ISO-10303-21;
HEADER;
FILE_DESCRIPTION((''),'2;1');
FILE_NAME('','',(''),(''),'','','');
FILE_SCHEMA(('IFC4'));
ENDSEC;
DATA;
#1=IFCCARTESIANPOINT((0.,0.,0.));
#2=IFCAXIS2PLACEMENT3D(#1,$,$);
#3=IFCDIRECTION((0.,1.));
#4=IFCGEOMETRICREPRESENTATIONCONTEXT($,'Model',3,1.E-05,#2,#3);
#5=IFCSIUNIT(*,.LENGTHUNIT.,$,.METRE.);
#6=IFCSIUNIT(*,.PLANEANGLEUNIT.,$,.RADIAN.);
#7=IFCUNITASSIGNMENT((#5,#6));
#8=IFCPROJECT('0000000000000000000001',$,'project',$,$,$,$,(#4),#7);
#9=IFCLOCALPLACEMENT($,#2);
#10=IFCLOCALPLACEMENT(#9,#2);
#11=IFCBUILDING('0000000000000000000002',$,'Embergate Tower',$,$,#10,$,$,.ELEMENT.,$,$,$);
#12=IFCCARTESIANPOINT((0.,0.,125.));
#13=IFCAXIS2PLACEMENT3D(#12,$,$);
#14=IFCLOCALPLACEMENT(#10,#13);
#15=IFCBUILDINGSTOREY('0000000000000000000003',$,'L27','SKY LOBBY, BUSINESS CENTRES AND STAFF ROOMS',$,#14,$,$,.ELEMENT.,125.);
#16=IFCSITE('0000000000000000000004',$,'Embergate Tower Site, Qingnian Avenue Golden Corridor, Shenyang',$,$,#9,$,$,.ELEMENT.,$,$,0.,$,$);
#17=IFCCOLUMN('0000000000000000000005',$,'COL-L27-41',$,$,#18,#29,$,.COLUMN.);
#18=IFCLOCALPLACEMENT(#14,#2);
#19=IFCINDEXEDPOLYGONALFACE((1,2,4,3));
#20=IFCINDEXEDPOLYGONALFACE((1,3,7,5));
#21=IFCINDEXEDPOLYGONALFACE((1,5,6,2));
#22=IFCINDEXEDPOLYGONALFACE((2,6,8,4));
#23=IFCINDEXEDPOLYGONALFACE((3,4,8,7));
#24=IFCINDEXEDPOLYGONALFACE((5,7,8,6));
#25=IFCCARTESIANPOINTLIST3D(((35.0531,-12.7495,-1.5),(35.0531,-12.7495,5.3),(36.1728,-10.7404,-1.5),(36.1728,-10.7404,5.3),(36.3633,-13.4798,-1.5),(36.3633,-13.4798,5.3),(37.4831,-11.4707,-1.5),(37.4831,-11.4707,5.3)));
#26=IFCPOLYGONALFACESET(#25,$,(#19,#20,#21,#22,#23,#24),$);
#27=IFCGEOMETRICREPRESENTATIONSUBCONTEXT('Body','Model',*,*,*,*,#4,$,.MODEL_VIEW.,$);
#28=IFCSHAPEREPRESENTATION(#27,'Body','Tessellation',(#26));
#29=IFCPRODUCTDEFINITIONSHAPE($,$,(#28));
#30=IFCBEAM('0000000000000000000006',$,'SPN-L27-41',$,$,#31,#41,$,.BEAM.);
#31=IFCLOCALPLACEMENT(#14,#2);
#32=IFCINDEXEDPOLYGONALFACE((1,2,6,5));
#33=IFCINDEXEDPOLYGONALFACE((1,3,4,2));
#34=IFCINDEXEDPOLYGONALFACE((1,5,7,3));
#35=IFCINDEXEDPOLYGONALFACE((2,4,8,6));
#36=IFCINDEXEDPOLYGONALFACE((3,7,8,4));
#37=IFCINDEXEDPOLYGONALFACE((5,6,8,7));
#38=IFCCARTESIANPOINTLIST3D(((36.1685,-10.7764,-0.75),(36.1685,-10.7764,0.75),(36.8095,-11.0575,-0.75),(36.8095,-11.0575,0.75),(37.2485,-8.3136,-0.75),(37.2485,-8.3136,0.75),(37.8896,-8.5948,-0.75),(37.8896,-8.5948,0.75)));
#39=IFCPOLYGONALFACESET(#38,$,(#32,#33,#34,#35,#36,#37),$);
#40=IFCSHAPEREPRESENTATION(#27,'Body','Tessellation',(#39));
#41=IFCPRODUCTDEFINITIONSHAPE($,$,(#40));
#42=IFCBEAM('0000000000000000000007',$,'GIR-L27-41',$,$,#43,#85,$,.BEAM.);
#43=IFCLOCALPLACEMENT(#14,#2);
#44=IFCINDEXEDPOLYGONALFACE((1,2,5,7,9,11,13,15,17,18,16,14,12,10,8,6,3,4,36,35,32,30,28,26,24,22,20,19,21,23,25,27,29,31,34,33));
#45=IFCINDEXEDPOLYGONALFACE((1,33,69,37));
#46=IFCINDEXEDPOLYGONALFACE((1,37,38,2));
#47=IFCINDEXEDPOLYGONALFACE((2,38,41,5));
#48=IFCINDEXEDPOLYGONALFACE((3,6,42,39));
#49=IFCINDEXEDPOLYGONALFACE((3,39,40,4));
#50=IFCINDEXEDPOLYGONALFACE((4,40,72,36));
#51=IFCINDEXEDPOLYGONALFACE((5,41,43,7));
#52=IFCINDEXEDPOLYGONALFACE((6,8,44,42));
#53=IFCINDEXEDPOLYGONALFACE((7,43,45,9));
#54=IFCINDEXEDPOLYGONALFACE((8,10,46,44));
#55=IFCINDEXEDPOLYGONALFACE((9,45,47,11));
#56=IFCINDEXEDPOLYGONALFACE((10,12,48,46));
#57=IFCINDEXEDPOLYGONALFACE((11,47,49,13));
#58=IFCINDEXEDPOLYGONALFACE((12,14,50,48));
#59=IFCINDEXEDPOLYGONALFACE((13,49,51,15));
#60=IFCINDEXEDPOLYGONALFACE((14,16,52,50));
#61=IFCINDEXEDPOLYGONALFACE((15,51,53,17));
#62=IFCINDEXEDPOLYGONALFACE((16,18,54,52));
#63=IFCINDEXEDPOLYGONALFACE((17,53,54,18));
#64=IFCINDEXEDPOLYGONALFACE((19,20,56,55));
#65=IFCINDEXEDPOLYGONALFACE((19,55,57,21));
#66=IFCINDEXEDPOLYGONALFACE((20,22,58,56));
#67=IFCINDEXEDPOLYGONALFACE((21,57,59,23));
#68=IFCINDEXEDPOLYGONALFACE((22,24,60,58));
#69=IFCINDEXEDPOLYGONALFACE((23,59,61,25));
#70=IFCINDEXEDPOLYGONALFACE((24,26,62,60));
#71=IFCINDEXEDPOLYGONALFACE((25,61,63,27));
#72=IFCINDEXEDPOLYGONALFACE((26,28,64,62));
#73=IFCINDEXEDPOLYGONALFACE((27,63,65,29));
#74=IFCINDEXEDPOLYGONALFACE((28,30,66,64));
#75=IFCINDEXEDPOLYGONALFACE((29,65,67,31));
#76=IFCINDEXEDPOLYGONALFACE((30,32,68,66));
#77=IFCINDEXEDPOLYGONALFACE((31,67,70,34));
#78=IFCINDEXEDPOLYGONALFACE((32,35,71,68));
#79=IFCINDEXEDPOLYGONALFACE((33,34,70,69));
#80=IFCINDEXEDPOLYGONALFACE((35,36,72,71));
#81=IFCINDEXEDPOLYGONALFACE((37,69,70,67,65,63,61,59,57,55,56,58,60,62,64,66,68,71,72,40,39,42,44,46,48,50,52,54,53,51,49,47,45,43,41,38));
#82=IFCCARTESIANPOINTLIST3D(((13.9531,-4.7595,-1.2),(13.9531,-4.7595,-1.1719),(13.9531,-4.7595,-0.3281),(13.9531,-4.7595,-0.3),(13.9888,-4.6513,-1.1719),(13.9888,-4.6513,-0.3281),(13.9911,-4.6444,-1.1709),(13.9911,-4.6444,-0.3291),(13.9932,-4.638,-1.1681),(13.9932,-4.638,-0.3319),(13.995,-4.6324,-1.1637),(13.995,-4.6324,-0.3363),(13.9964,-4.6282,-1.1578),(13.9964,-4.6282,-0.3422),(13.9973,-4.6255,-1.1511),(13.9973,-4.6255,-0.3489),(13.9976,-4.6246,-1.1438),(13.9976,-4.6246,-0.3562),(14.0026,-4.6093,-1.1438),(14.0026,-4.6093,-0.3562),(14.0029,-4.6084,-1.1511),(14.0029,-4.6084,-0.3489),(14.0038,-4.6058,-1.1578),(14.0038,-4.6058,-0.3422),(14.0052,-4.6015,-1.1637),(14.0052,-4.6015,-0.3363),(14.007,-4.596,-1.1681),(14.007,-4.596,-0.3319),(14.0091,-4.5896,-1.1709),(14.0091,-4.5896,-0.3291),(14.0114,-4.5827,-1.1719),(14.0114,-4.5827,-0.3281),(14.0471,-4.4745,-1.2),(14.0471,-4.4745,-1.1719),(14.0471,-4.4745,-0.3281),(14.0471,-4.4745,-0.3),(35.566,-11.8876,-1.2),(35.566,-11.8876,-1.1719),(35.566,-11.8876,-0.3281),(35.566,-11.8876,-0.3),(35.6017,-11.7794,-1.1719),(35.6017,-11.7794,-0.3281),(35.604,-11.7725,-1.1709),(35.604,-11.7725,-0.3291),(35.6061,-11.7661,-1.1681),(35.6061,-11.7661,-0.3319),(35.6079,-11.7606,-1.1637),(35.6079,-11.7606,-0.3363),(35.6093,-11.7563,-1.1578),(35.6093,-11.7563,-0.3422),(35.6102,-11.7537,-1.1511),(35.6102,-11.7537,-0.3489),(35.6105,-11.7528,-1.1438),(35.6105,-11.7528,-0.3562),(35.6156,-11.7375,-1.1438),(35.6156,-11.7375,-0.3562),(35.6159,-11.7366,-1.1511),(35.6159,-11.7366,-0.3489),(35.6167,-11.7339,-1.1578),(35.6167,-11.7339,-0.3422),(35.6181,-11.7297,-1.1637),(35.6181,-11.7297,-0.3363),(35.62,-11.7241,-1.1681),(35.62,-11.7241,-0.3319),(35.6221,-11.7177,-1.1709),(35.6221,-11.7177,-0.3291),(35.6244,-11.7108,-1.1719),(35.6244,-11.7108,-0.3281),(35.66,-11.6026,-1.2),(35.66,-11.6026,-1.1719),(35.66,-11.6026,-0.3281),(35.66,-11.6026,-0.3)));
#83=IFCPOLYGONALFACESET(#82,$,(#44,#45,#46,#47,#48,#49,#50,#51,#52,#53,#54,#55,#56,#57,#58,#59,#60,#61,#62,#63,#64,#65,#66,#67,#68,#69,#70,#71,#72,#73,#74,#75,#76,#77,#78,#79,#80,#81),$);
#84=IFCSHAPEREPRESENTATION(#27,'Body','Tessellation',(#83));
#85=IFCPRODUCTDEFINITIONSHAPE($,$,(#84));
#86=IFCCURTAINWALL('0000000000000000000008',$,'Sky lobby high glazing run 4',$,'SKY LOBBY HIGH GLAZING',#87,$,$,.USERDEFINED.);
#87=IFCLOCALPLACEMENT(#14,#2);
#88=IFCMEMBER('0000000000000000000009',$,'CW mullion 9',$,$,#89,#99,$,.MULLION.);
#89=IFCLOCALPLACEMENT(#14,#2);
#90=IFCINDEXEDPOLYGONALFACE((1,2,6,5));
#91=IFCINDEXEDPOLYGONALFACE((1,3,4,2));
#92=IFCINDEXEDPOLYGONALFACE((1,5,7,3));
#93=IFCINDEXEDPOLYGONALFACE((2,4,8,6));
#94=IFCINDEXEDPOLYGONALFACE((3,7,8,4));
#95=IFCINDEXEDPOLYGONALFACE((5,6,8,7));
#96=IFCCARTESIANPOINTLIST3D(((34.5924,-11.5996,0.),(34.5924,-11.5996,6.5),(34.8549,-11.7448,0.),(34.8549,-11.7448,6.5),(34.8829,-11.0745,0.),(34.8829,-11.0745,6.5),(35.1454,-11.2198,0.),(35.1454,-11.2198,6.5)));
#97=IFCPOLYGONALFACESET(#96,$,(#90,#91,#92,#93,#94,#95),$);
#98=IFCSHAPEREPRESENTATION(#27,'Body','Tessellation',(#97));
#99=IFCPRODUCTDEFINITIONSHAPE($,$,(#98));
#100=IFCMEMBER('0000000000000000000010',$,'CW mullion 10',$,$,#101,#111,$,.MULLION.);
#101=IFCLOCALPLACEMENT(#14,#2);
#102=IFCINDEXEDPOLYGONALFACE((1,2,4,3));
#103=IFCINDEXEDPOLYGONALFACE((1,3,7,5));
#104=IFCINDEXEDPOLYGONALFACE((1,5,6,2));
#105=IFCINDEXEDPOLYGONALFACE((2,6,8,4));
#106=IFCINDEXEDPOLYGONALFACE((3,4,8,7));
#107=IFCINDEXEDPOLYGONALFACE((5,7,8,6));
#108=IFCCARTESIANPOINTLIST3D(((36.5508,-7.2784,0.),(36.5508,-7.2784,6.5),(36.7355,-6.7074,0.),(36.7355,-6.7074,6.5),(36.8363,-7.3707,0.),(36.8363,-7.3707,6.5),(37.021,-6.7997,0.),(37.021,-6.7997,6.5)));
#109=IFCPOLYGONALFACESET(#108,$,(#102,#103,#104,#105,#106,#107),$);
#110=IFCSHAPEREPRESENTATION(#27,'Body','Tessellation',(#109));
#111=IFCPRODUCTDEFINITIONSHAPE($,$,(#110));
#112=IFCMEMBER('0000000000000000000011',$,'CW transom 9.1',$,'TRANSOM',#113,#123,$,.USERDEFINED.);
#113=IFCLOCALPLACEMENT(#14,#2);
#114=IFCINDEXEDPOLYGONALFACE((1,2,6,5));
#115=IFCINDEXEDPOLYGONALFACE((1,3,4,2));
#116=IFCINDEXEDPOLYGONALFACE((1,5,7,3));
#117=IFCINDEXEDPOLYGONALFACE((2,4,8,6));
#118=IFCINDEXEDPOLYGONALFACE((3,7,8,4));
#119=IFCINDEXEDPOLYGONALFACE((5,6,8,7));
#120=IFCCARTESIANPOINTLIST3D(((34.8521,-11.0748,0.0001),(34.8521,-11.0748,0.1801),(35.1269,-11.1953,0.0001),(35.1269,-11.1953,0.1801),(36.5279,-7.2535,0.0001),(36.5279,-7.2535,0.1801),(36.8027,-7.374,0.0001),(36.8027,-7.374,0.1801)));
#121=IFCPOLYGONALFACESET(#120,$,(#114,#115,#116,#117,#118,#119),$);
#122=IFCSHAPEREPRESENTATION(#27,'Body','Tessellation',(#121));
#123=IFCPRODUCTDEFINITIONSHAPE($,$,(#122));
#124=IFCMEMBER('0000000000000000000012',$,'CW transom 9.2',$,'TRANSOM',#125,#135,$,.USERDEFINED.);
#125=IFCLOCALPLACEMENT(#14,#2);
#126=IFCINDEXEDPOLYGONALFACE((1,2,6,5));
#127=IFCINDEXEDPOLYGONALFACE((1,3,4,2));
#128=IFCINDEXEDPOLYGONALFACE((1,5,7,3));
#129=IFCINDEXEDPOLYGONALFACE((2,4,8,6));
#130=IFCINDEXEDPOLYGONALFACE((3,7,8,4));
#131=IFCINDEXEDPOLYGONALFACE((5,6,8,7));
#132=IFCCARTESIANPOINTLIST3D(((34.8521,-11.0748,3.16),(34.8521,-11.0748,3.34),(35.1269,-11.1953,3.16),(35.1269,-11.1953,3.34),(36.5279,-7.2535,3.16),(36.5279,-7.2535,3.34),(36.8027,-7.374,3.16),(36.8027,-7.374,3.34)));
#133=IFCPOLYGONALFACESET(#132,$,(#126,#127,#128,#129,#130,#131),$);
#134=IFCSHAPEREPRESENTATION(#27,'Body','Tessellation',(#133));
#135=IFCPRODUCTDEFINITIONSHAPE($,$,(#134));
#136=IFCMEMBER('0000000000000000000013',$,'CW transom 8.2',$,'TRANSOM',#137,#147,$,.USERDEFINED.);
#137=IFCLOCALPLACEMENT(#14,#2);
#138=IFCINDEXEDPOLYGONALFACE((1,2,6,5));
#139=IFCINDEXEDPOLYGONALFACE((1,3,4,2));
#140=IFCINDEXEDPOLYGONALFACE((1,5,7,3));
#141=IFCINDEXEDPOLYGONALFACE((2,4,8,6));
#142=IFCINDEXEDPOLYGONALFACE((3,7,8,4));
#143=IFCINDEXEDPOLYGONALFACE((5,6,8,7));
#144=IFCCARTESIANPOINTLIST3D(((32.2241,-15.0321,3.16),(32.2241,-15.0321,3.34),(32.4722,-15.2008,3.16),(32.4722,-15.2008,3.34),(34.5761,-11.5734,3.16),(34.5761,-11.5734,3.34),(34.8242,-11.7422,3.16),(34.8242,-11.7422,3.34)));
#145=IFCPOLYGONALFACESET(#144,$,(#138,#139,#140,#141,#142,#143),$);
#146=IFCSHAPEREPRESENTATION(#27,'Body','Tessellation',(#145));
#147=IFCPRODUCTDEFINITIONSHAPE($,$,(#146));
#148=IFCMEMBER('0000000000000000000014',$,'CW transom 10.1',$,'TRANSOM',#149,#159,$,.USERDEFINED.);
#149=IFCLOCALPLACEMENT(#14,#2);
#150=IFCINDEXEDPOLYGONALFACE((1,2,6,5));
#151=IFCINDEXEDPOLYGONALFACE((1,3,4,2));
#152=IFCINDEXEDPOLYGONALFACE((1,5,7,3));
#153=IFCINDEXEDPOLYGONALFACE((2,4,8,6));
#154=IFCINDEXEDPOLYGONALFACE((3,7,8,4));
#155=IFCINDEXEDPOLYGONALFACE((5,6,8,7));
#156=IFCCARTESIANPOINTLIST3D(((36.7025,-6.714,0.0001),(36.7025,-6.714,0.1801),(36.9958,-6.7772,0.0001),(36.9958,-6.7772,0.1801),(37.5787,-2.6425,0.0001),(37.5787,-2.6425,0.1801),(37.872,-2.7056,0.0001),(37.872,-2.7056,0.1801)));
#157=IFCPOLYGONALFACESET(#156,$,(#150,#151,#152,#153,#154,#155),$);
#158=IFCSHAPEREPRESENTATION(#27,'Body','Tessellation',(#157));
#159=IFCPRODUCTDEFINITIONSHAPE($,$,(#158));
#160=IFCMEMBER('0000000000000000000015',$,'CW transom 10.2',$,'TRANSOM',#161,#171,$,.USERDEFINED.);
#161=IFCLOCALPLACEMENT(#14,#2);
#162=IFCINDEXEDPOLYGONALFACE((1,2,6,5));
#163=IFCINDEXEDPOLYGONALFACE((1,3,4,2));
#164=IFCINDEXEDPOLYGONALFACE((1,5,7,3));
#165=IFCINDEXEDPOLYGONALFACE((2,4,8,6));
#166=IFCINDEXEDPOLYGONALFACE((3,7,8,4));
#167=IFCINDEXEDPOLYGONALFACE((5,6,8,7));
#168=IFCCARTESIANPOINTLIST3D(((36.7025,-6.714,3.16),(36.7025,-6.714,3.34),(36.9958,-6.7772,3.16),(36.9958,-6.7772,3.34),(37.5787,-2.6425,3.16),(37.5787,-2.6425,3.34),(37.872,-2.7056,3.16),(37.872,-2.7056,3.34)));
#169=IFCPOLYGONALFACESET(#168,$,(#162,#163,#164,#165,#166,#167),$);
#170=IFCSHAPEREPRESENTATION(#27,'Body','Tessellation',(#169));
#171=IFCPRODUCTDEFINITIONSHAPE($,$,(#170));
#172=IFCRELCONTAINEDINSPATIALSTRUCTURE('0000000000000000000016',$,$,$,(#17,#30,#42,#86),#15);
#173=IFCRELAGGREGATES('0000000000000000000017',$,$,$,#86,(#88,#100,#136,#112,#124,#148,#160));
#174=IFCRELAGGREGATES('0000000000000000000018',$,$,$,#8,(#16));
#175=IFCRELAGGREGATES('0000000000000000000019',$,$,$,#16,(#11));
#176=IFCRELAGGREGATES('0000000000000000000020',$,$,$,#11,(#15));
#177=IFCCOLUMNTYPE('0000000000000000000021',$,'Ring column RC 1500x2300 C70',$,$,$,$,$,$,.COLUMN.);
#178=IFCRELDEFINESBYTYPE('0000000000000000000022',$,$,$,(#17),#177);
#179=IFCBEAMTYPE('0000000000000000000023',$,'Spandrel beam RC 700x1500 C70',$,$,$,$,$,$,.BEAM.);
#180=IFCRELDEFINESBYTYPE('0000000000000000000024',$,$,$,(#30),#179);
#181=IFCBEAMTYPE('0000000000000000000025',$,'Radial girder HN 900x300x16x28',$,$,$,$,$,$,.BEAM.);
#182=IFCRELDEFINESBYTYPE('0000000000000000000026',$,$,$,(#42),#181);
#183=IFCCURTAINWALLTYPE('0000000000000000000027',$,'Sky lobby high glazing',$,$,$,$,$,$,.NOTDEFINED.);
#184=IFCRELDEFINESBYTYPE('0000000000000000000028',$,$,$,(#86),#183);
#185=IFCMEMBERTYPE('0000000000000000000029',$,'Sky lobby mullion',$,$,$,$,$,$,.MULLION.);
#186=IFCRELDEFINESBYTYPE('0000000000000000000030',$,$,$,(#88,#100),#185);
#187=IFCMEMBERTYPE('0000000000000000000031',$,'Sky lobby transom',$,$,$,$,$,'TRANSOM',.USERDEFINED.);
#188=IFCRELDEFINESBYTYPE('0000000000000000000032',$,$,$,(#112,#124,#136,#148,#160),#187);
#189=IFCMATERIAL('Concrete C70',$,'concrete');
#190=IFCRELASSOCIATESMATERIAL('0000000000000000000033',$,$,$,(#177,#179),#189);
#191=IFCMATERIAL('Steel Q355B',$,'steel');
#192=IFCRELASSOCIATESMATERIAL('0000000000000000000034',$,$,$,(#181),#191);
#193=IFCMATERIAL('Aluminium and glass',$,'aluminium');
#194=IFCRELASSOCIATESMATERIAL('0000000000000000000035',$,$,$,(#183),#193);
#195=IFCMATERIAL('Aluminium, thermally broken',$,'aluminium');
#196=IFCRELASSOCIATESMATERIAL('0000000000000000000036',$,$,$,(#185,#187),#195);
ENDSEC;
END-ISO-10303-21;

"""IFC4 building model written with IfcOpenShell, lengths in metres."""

from ifc_helpers import new_model, si_unit, direction, frame, origin, origin_2d, place, context, subcontext, project, spatial, rectangle, i_section, extrude, source, transform, mapped, material, material_profile, profile_set, type_object, element, aggregate, save


model = new_model("IFC4")

# Units and contexts
model_context = context("Model", 3, precision=1e-05, world=origin(), true_north=direction((0.0, 1.0)))
body_context = subcontext(model_context, "Body", "Model", "MODEL_VIEW")
ifc_project = project(units=[si_unit("LENGTHUNIT", "METRE"), si_unit("PLANEANGLEUNIT", "RADIAN")], contexts=[model_context])

# Site, building, storey
site_placement = place(None, origin())
site = spatial("IfcSite", under=ifc_project, at=site_placement, Name="Embergate Tower Site, Qingnian Avenue Golden Corridor, Shenyang", CompositionType="ELEMENT", RefElevation=0.0)
building_placement = place(site_placement, origin())
building = spatial("IfcBuilding", under=site, at=building_placement, Name="Embergate Tower", CompositionType="ELEMENT")
storey_placement = place(building_placement, frame((0.0, 0.0, 125.0)))
storey = spatial("IfcBuildingStorey", under=building, at=storey_placement, Name="L27", Description="SKY LOBBY, BUSINESS CENTRES AND STAFF ROOMS", CompositionType="ELEMENT", Elevation=125.0)

# Column
ifc_material_1 = material(Name="Concrete C70", Category="concrete")
ifc_material_profile_1 = material_profile(ifc_material_1, rectangle(XDim=1.5, YDim=2.3, at=origin_2d()), Name="RC 1500x2300")
ifc_profile_set_1 = profile_set([ifc_material_profile_1], Name="Concrete C70")
column_type = type_object("IfcColumnType", Name="Ring column RC 1500x2300 C70", PredefinedType="COLUMN", material=ifc_profile_set_1)
shared_shape_1 = source(origin(), body_context, "Body", "SweptSolid", [
    extrude(rectangle(XDim=1.5, YDim=2.3, at=origin_2d()), origin(), (0.0, 0.0, 1.0), 6.8),
])
column_placement = place(storey_placement, frame((36.2681, -12.1101, -1.5), z_axis=(0.0, 0.0, 1.0), x_axis=(0.873492, -0.486839, 0.0)))
element("IfcColumn", 1, at=column_placement, inside=storey, type_object=column_type, Name="COL-L27-41", PredefinedType="COLUMN", context=body_context, shape_type="MappedRepresentation", body=[
    mapped(shared_shape_1, transform((0.0, 0.0, 0.0))),
])

# Beams
ifc_material_profile_2 = material_profile(ifc_material_1, rectangle(XDim=0.7, YDim=1.5, at=origin_2d()), Name="RC 700x1500")
ifc_profile_set_2 = profile_set([ifc_material_profile_2], Name="Concrete C70")
beam_type_1 = type_object("IfcBeamType", Name="Spandrel beam RC 700x1500 C70", PredefinedType="BEAM", material=ifc_profile_set_2)
shared_shape_2 = source(origin(), body_context, "Body", "SweptSolid", [
    extrude(rectangle(XDim=0.7, YDim=1.5, at=origin_2d()), origin(), (0.0, 0.0, 1.0), 2.6892),
])
beam_1_placement = place(storey_placement, frame((36.489, -10.917, 0.0), z_axis=(0.401619, 0.915807, 0.0), x_axis=(-0.915807, 0.401619, 0.0)))
element("IfcBeam", 2, at=beam_1_placement, inside=storey, type_object=beam_type_1, Name="SPN-L27-41", PredefinedType="BEAM", context=body_context, shape_type="MappedRepresentation", body=[
    mapped(shared_shape_2, transform((0.0, 0.0, 0.0))),
])
ifc_material_2 = material(Name="Steel Q355B", Category="steel")
ifc_material_profile_3 = material_profile(ifc_material_2, i_section(OverallWidth=0.3, OverallDepth=0.8999, WebThickness=0.0161, FlangeThickness=0.0281, FilletRadius=0.0281, at=origin_2d()), Name="HN 900x300x16x28")
ifc_profile_set_3 = profile_set([ifc_material_profile_3], Name="Steel Q355 grade B")
beam_type_2 = type_object("IfcBeamType", Name="Radial girder HN 900x300x16x28", PredefinedType="BEAM", material=ifc_profile_set_3)
shared_shape_3 = source(origin(), body_context, "Body", "SweptSolid", [
    extrude(i_section(OverallWidth=0.3, OverallDepth=0.8999, WebThickness=0.0161, FlangeThickness=0.0281, FilletRadius=0.0281, at=origin_2d()), origin(), (0.0, 0.0, 1.0), 22.7581),
])
beam_2_placement = place(storey_placement, frame((35.613, -11.7451, -0.75), z_axis=(-0.949683, 0.313214, 0.0), x_axis=(-0.313214, -0.949683, 0.0)))
element("IfcBeam", 3, at=beam_2_placement, inside=storey, type_object=beam_type_2, Name="GIR-L27-41", PredefinedType="BEAM", context=body_context, shape_type="MappedRepresentation", body=[
    mapped(shared_shape_3, transform((0.0, 0.0, 0.0))),
])

# Curtain wall, members
ifc_material_3 = material(Name="Aluminium and glass", Category="aluminium")
curtain_wall_type = type_object("IfcCurtainWallType", Name="Sky lobby high glazing", PredefinedType="NOTDEFINED", material=ifc_material_3)
curtain_wall_placement = place(storey_placement, origin())
curtain_wall = element("IfcCurtainWall", 4, at=curtain_wall_placement, inside=storey, type_object=curtain_wall_type, Name="Sky lobby high glazing run 4", ObjectType="SKY LOBBY HIGH GLAZING", PredefinedType="USERDEFINED")
ifc_material_4 = material(Name="Aluminium, thermally broken", Category="aluminium")
ifc_material_profile_4 = material_profile(ifc_material_4, rectangle(XDim=0.3, YDim=0.6001, at=origin_2d()), Name="AL 600x300")
ifc_profile_set_4 = profile_set([ifc_material_profile_4], Name="Aluminium, thermally broken")
member_type_1 = type_object("IfcMemberType", Name="Sky lobby mullion", PredefinedType="MULLION", material=ifc_profile_set_4)
shared_shape_4 = source(origin(), body_context, "Body", "SweptSolid", [
    extrude(rectangle(XDim=0.3, YDim=0.6001, at=origin_2d()), origin(), (0.0, 0.0, 1.0), 6.5),
])
member_1_placement = place(storey_placement, frame((34.8689, -11.4097, 0.0), z_axis=(0.0, 0.0, 1.0), x_axis=(-0.874995, 0.484132, 0.0)))
member_1 = element("IfcMember", 5, at=member_1_placement, type_object=member_type_1, Name="CW mullion 9", PredefinedType="MULLION", context=body_context, shape_type="MappedRepresentation", body=[
    mapped(shared_shape_4, transform((0.0, 0.0, 0.0))),
])
member_2_placement = place(storey_placement, frame((36.7859, -7.0391, 0.0), z_axis=(0.0, 0.0, 1.0), x_axis=(-0.951494, 0.307667, 0.0)))
member_2 = element("IfcMember", 6, at=member_2_placement, type_object=member_type_1, Name="CW mullion 10", PredefinedType="MULLION", context=body_context, shape_type="MappedRepresentation", body=[
    mapped(shared_shape_4, transform((0.0, 0.0, 0.0))),
])
ifc_material_profile_5 = material_profile(ifc_material_4, rectangle(XDim=0.3, YDim=0.1799, at=origin_2d()), Name="AL 180x300")
ifc_profile_set_5 = profile_set([ifc_material_profile_5], Name="Aluminium, thermally broken")
member_type_2 = type_object("IfcMemberType", Name="Sky lobby transom", ElementType="TRANSOM", PredefinedType="USERDEFINED", material=ifc_profile_set_5)
shared_shape_5 = source(origin(), body_context, "Body", "SweptSolid", [
    extrude(rectangle(XDim=0.3, YDim=0.1799, at=origin_2d()), origin(), (0.0, 0.0, 1.0), 4.1726),
])
member_3_placement = place(storey_placement, frame((34.9895, -11.135, 0.0901), z_axis=(0.401617, 0.915808, 0.0), x_axis=(-0.915808, 0.401617, 0.0)))
member_3 = element("IfcMember", 7, at=member_3_placement, type_object=member_type_2, Name="CW transom 9.1", ObjectType="TRANSOM", PredefinedType="USERDEFINED", context=body_context, shape_type="MappedRepresentation", body=[
    mapped(shared_shape_5, transform((0.0, 0.0, 0.0))),
])
member_4_placement = place(storey_placement, frame((34.9895, -11.135, 3.25), z_axis=(0.401617, 0.915808, 0.0), x_axis=(-0.915808, 0.401617, 0.0)))
member_4 = element("IfcMember", 8, at=member_4_placement, type_object=member_type_2, Name="CW transom 9.2", ObjectType="TRANSOM", PredefinedType="USERDEFINED", context=body_context, shape_type="MappedRepresentation", body=[
    mapped(shared_shape_5, transform((0.0, 0.0, 0.0))),
])
shared_shape_6 = source(origin(), body_context, "Body", "SweptSolid", [
    extrude(rectangle(XDim=0.3, YDim=0.1799, at=origin_2d()), origin(), (0.0, 0.0, 1.0), 4.1826),
])
member_5_placement = place(storey_placement, frame((32.3481, -15.1165, 3.25), z_axis=(0.562328, 0.826915, 0.0), x_axis=(-0.826915, 0.562328, 0.0)))
member_5 = element("IfcMember", 9, at=member_5_placement, type_object=member_type_2, Name="CW transom 8.2", ObjectType="TRANSOM", PredefinedType="USERDEFINED", context=body_context, shape_type="MappedRepresentation", body=[
    mapped(shared_shape_6, transform((0.0, 0.0, 0.0))),
])
shared_shape_7 = source(origin(), body_context, "Body", "SweptSolid", [
    extrude(rectangle(XDim=0.3, YDim=0.1799, at=origin_2d()), origin(), (0.0, 0.0, 1.0), 4.1648),
])
member_6_placement = place(storey_placement, frame((36.8491, -6.7456, 0.0901), z_axis=(0.21039, 0.977618, 0.0), x_axis=(-0.977618, 0.21039, 0.0)))
member_6 = element("IfcMember", 10, at=member_6_placement, type_object=member_type_2, Name="CW transom 10.1", ObjectType="TRANSOM", PredefinedType="USERDEFINED", context=body_context, shape_type="MappedRepresentation", body=[
    mapped(shared_shape_7, transform((0.0, 0.0, 0.0))),
])
member_7_placement = place(storey_placement, frame((36.8491, -6.7456, 3.25), z_axis=(0.21039, 0.977618, 0.0), x_axis=(-0.977618, 0.21039, 0.0)))
member_7 = element("IfcMember", 11, at=member_7_placement, type_object=member_type_2, Name="CW transom 10.2", ObjectType="TRANSOM", PredefinedType="USERDEFINED", context=body_context, shape_type="MappedRepresentation", body=[
    mapped(shared_shape_7, transform((0.0, 0.0, 0.0))),
])
aggregate(curtain_wall, [member_1, member_2, member_5, member_3, member_4, member_6, member_7])

save(model, "model.ifc")
